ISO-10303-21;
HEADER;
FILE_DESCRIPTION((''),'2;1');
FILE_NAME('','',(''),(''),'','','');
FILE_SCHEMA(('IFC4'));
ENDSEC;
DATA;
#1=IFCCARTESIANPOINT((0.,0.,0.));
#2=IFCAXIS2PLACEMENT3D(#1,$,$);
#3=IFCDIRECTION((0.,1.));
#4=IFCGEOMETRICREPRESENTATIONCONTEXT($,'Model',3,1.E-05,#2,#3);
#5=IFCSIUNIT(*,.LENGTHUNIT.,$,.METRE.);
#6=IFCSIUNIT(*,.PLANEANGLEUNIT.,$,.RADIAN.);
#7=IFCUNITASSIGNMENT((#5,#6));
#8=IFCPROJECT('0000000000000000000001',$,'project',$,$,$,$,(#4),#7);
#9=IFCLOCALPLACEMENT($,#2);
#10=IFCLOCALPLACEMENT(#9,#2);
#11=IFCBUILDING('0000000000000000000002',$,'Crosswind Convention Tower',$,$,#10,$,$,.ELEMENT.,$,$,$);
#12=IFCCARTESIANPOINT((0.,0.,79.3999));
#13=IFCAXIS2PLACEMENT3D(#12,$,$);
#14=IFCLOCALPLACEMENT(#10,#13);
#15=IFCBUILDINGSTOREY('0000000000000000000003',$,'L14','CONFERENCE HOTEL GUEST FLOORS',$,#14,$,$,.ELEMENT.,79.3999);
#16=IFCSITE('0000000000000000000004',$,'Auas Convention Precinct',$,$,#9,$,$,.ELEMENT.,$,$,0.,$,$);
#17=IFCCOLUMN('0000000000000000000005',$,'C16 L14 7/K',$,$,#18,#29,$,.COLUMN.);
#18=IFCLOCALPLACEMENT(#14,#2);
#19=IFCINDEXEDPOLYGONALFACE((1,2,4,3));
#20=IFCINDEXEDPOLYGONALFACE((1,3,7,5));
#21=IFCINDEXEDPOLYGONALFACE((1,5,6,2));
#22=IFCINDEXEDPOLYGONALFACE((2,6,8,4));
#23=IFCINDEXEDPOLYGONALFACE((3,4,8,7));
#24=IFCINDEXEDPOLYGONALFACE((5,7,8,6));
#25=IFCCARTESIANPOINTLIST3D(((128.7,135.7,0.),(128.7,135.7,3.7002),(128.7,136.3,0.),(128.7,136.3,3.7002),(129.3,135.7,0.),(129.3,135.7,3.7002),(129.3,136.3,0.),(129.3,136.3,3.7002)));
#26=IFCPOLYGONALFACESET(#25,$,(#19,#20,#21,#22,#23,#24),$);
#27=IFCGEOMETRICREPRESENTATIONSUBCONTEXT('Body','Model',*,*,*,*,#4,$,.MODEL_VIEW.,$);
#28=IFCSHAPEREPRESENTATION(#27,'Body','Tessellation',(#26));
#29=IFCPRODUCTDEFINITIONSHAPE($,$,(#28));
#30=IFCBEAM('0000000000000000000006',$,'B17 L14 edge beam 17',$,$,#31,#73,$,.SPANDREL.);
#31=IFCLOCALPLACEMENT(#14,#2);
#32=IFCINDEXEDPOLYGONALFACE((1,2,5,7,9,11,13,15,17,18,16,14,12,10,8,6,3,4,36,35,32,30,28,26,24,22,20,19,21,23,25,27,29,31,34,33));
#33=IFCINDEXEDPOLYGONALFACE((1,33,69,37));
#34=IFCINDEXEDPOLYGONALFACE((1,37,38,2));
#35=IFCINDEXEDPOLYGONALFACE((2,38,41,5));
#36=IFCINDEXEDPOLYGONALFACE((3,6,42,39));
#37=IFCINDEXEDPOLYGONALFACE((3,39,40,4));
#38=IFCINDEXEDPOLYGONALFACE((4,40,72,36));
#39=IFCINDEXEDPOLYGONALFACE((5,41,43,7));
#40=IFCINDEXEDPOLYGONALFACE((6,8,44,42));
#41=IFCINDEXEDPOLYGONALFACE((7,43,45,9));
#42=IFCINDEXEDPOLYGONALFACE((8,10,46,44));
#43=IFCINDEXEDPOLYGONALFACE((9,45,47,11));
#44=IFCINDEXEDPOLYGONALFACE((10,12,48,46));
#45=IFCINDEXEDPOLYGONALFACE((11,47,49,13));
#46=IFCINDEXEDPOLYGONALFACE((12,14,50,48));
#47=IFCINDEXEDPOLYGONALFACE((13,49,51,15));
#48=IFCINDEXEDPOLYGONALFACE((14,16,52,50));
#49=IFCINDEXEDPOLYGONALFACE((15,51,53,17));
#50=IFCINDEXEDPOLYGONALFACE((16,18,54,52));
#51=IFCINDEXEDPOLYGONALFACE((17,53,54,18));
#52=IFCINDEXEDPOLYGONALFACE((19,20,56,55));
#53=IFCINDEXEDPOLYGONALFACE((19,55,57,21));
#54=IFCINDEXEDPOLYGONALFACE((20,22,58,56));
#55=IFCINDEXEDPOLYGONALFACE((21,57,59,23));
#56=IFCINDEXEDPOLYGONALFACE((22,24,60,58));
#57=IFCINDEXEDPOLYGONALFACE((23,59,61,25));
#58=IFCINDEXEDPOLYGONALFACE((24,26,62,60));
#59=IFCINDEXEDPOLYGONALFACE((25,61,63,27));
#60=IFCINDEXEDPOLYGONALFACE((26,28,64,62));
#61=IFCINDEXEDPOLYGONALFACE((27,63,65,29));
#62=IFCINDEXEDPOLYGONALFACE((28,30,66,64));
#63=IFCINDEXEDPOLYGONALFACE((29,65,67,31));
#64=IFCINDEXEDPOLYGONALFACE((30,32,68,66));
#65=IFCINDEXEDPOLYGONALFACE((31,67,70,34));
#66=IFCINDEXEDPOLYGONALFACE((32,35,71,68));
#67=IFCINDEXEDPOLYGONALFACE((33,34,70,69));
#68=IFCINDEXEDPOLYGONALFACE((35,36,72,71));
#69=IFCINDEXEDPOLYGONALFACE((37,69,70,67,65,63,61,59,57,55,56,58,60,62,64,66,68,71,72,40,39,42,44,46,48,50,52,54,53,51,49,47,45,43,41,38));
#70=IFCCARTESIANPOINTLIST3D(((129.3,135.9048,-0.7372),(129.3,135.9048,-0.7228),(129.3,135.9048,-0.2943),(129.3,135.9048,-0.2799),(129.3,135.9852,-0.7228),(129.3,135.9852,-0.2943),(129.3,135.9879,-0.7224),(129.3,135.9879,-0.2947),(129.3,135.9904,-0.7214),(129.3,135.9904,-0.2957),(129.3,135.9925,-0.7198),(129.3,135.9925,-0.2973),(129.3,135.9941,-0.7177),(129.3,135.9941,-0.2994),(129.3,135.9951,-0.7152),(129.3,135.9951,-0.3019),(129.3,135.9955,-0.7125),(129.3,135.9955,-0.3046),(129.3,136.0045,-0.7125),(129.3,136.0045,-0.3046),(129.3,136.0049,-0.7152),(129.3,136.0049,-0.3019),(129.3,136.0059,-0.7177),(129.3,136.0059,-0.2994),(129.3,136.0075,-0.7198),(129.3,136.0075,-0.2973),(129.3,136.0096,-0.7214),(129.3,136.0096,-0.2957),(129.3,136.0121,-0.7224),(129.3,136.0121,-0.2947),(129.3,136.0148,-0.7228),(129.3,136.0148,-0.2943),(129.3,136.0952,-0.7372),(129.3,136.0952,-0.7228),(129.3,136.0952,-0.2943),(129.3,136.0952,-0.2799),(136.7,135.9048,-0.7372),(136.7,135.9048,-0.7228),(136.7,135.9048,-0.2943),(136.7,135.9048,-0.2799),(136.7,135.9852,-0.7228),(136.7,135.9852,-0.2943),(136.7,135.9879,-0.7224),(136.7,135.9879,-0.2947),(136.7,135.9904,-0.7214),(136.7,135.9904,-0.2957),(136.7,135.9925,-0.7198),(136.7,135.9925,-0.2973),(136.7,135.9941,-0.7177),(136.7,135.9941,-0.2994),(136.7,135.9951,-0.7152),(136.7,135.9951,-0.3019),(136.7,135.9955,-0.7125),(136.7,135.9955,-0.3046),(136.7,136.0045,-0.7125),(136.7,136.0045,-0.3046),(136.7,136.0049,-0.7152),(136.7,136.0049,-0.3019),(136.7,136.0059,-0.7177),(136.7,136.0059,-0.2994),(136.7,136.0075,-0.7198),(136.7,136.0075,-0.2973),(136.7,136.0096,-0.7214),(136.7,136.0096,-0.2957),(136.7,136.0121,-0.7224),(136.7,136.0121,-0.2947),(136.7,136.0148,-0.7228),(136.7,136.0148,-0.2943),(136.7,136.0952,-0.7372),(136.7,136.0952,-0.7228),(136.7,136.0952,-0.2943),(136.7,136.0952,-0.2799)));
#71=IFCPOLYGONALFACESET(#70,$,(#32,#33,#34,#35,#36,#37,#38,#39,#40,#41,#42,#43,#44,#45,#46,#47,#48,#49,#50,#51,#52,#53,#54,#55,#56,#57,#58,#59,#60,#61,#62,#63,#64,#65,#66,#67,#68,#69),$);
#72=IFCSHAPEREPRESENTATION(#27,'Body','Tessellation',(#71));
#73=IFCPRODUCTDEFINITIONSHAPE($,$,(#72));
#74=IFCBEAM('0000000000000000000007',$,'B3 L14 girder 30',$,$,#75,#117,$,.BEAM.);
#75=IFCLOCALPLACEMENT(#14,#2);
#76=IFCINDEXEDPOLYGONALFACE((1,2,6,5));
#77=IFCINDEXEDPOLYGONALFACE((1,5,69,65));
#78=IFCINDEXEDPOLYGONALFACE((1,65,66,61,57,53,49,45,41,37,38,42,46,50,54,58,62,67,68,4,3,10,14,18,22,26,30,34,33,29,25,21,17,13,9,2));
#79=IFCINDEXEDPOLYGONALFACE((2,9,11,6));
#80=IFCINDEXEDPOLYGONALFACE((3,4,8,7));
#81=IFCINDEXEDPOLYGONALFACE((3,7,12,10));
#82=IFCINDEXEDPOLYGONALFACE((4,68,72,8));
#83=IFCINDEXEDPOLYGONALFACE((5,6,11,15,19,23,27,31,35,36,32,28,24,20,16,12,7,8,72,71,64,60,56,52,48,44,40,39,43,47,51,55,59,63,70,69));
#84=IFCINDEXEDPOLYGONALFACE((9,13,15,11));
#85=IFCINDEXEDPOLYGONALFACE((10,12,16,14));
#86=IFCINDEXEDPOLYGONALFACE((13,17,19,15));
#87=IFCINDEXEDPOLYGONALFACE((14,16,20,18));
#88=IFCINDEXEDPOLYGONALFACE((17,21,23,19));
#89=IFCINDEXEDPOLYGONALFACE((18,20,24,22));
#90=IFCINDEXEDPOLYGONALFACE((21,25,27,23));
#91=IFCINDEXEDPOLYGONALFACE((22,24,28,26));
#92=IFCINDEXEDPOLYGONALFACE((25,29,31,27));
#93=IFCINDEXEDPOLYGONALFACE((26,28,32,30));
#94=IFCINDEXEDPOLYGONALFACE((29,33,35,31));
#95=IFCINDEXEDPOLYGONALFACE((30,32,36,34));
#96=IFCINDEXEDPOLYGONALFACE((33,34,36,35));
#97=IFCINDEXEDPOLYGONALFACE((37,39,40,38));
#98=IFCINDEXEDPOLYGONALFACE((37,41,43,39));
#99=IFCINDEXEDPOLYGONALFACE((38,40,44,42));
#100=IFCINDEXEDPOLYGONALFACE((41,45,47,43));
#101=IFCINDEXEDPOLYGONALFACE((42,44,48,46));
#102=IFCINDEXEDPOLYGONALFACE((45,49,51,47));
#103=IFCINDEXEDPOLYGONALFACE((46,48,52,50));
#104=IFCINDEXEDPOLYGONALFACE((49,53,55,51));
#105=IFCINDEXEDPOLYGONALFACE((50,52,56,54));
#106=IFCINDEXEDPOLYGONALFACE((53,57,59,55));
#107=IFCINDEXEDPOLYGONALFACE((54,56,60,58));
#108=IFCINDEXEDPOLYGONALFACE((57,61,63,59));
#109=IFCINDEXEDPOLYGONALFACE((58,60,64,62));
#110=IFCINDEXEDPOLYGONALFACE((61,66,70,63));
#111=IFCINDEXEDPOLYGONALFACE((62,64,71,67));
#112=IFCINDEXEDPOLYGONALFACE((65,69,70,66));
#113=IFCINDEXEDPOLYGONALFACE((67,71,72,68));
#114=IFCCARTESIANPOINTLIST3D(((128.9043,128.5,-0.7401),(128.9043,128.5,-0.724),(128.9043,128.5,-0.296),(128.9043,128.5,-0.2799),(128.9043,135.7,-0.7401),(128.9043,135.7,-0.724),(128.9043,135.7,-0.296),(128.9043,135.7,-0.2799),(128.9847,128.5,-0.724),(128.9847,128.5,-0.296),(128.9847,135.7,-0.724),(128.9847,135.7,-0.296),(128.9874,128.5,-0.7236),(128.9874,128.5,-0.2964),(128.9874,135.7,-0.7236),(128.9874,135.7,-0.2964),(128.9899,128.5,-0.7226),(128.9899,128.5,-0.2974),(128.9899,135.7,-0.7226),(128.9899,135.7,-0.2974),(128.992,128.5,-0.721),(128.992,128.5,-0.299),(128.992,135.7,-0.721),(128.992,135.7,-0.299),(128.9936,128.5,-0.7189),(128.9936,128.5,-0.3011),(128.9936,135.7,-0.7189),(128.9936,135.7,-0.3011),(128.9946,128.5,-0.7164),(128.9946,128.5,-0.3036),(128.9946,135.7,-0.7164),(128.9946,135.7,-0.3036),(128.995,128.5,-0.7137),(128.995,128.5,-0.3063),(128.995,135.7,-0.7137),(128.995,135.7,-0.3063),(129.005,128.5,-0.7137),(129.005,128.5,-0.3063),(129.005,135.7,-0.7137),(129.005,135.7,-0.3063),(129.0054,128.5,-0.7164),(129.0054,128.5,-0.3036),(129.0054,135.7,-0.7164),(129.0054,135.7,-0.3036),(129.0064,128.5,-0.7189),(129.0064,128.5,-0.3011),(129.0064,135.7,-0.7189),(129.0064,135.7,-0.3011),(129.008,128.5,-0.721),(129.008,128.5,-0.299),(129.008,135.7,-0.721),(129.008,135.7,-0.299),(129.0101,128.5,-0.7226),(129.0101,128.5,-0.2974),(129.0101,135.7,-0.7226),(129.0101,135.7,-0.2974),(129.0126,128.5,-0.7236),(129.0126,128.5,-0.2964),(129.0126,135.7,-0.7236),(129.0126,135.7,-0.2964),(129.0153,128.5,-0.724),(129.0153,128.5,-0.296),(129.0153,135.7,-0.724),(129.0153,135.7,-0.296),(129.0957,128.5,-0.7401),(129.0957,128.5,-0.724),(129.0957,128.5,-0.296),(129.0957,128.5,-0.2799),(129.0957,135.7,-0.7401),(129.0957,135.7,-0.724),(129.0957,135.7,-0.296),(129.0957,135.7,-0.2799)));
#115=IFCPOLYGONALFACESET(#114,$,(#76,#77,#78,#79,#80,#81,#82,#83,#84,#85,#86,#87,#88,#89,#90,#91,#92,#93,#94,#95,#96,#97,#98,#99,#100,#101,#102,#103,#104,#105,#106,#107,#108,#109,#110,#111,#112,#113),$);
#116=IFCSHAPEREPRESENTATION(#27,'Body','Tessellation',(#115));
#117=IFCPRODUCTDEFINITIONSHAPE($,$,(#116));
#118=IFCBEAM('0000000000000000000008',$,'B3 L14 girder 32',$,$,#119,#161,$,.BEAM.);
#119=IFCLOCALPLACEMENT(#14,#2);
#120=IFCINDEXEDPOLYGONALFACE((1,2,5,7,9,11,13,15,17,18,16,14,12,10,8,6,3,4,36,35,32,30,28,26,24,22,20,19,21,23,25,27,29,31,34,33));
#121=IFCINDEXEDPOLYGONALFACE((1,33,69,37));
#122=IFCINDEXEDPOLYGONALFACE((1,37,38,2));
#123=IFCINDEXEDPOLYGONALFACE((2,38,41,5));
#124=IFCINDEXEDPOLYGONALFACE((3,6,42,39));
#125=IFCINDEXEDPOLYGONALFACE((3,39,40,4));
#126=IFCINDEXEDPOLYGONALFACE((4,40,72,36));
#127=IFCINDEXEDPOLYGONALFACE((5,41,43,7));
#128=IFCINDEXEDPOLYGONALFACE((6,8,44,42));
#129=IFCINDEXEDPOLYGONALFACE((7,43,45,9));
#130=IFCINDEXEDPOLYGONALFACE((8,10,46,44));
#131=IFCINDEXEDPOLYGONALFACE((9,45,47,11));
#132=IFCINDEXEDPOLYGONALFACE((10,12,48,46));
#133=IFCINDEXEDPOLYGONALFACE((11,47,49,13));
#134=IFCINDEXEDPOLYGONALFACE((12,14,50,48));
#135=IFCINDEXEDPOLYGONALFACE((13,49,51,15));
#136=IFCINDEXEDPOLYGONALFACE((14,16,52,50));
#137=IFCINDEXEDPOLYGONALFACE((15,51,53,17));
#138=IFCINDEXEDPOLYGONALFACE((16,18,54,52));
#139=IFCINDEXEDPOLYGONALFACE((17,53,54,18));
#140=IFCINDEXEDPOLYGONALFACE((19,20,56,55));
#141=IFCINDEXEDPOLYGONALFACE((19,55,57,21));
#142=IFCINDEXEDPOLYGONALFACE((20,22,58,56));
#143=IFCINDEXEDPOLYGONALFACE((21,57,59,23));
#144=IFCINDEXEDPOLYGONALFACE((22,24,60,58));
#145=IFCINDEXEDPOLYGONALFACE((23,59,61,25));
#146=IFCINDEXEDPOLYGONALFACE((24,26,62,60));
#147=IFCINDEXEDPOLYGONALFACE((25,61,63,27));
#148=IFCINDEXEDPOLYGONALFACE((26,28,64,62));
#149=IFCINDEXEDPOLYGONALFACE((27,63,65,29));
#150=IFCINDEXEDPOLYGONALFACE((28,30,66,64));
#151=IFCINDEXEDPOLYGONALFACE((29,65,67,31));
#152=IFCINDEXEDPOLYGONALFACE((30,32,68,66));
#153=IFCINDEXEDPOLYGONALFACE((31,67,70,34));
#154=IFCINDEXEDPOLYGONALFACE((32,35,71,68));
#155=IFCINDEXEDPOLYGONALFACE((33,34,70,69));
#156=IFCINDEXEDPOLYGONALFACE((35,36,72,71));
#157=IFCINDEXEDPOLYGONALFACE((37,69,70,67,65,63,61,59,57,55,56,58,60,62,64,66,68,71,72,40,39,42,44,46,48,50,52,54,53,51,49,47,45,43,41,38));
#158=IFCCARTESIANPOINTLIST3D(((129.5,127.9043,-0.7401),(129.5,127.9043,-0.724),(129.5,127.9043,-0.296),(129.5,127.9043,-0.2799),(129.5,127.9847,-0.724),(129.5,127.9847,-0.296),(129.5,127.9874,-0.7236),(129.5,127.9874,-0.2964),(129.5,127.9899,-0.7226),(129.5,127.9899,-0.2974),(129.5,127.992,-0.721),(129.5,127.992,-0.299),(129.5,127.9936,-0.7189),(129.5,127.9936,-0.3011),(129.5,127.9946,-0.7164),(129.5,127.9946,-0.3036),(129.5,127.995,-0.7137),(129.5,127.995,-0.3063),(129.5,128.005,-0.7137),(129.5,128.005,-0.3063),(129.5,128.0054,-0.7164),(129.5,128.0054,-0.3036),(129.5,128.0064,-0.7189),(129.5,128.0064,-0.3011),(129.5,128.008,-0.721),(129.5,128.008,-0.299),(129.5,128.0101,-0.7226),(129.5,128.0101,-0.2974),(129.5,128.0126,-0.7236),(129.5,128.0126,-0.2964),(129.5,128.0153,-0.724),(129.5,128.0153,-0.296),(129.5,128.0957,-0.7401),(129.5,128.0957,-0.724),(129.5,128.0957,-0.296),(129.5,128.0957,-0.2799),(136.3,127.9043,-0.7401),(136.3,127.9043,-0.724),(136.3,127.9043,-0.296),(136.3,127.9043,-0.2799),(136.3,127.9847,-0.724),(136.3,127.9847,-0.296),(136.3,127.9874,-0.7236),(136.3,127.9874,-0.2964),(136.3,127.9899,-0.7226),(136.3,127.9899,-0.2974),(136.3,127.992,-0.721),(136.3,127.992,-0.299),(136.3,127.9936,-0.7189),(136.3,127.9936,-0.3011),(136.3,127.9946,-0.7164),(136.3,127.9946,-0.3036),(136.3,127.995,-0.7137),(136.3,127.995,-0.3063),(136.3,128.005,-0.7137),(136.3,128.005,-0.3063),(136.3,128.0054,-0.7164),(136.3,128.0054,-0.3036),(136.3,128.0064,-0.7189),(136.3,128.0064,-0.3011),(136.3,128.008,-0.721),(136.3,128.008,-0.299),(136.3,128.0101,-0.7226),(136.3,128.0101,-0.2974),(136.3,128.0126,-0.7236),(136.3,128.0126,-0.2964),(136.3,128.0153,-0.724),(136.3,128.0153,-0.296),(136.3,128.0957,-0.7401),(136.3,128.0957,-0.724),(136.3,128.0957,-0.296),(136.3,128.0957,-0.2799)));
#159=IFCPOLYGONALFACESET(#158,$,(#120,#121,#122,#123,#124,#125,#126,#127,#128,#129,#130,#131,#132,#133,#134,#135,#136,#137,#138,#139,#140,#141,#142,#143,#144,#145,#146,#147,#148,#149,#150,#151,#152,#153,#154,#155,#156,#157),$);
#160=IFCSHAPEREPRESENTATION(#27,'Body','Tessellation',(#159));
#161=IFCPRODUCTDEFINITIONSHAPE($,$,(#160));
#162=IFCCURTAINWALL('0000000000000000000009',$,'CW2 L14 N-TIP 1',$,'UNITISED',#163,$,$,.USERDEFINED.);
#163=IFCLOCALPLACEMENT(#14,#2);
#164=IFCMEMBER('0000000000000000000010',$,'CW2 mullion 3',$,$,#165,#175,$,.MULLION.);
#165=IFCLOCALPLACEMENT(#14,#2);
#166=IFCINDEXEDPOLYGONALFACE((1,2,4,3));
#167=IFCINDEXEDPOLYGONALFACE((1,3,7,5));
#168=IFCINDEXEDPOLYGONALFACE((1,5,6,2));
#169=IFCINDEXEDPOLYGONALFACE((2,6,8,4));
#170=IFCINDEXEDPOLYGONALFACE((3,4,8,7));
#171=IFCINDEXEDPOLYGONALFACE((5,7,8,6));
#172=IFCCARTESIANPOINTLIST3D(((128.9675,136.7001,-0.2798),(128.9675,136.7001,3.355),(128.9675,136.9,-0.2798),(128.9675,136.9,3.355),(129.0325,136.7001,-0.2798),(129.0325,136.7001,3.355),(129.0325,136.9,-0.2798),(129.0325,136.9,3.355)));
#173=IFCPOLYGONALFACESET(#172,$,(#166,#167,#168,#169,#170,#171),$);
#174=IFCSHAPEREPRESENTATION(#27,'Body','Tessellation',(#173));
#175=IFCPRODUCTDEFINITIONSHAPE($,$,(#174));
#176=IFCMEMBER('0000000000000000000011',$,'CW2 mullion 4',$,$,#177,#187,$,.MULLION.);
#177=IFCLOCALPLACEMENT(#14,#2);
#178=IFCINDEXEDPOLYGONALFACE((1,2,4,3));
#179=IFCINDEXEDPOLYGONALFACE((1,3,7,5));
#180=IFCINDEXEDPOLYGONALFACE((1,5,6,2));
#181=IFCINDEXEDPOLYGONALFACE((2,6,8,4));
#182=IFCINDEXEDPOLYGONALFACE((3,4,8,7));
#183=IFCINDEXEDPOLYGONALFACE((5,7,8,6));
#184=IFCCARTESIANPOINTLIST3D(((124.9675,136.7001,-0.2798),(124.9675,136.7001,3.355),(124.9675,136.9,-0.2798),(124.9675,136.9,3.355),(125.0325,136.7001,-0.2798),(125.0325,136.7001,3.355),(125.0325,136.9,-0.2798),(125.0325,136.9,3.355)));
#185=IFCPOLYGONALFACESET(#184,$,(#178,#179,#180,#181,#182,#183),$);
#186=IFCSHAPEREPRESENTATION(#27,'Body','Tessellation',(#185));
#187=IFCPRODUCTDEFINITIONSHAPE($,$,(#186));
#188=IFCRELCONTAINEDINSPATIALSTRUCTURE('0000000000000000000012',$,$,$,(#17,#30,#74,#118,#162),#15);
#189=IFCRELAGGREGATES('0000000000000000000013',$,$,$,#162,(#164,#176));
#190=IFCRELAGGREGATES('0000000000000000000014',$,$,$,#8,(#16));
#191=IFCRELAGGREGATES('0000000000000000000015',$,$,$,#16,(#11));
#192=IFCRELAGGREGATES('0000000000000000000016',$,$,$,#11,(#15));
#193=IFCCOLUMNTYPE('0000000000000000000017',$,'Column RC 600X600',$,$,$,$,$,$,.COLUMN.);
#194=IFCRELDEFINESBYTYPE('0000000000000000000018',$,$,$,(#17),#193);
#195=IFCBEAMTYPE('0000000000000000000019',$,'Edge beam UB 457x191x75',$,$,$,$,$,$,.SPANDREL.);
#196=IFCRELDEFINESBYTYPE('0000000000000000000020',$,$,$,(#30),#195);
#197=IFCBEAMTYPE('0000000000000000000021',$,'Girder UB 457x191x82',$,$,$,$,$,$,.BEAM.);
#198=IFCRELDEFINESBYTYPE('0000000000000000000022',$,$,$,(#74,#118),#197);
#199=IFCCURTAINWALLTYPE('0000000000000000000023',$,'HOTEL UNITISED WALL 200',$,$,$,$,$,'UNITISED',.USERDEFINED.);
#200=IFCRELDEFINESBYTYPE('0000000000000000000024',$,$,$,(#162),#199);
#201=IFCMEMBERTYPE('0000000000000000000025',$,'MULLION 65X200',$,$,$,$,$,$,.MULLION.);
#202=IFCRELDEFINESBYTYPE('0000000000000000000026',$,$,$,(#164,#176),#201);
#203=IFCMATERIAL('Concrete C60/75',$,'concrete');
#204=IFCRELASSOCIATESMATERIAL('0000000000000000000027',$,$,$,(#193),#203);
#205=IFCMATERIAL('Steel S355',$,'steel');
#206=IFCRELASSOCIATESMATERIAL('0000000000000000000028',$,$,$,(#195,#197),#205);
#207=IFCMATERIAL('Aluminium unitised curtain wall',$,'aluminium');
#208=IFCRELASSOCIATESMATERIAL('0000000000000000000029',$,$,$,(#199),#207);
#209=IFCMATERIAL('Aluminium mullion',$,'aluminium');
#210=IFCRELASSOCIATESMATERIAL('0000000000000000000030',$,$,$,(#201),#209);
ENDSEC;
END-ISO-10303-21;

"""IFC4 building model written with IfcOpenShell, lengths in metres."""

from ifc_helpers import new_model, si_unit, direction, frame, origin, origin_2d, place, context, subcontext, project, spatial, rectangle, i_section, extrude, material, material_profile, profile_set, type_object, element, aggregate, save


model = new_model("IFC4")

# Units and contexts
model_context = context("Model", 3, precision=1e-05, world=origin(), true_north=direction((0.0, 1.0)))
body_context = subcontext(model_context, "Body", "Model", "MODEL_VIEW")
ifc_project = project(units=[si_unit("LENGTHUNIT", "METRE"), si_unit("PLANEANGLEUNIT", "RADIAN")], contexts=[model_context])

# Site, building, storey
site_placement = place(None, origin())
site = spatial("IfcSite", under=ifc_project, at=site_placement, Name="Auas Convention Precinct", CompositionType="ELEMENT", RefElevation=0.0)
building_placement = place(site_placement, origin())
building = spatial("IfcBuilding", under=site, at=building_placement, Name="Crosswind Convention Tower", CompositionType="ELEMENT")
storey_placement = place(building_placement, frame((0.0, 0.0, 79.3999)))
storey = spatial("IfcBuildingStorey", under=building, at=storey_placement, Name="L14", Description="CONFERENCE HOTEL GUEST FLOORS", CompositionType="ELEMENT", Elevation=79.3999)

# Column
ifc_material_1 = material(Name="Concrete C60/75", Category="concrete")
ifc_material_profile_1 = material_profile(ifc_material_1, rectangle(XDim=0.6001, YDim=0.6001, at=origin_2d()), Name="RC 600X600")
ifc_profile_set_1 = profile_set([ifc_material_profile_1], Name="Concrete C60/75")
column_type = type_object("IfcColumnType", Name="Column RC 600X600", PredefinedType="COLUMN", material=ifc_profile_set_1)
column_placement = place(storey_placement, frame((129.0, 136.0, 0.0), z_axis=(0.0, 0.0, 1.0), x_axis=(1.0, 0.0, 0.0)))
element("IfcColumn", 1, at=column_placement, inside=storey, type_object=column_type, Name="C16 L14 7/K", PredefinedType="COLUMN", context=body_context, shape_type="SweptSolid", body=[
    extrude(rectangle(XDim=0.6001, YDim=0.6001, at=origin_2d()), origin(), (0.0, 0.0, 1.0), 3.7002),
])

# Beams
ifc_material_2 = material(Name="Steel S355", Category="steel")
ifc_material_profile_2 = material_profile(ifc_material_2, i_section(OverallWidth=0.1904, OverallDepth=0.4573, WebThickness=0.009, FlangeThickness=0.0144, FilletRadius=0.0103, at=origin_2d()), Name="UB 457x191x75")
ifc_profile_set_2 = profile_set([ifc_material_profile_2], Name="Steel S355")
beam_type_1 = type_object("IfcBeamType", Name="Edge beam UB 457x191x75", PredefinedType="SPANDREL", material=ifc_profile_set_2)
beam_1_placement = place(storey_placement, frame((129.3, 136.0, -0.5085), z_axis=(1.0, 0.0, 0.0), x_axis=(0.0, 1.0, 0.0)))
element("IfcBeam", 2, at=beam_1_placement, inside=storey, type_object=beam_type_1, Name="B17 L14 edge beam 17", PredefinedType="SPANDREL", context=body_context, shape_type="SweptSolid", body=[
    extrude(i_section(OverallWidth=0.1904, OverallDepth=0.4573, WebThickness=0.009, FlangeThickness=0.0144, FilletRadius=0.0103, at=origin_2d()), origin(), (0.0, 0.0, 1.0), 7.3999),
])
ifc_material_profile_3 = material_profile(ifc_material_2, i_section(OverallWidth=0.1914, OverallDepth=0.4602, WebThickness=0.01, FlangeThickness=0.0161, FilletRadius=0.0103, at=origin_2d()), Name="UB 457x191x82")
ifc_profile_set_3 = profile_set([ifc_material_profile_3], Name="Steel S355")
beam_type_2 = type_object("IfcBeamType", Name="Girder UB 457x191x82", PredefinedType="BEAM", material=ifc_profile_set_3)
beam_2_placement = place(storey_placement, frame((129.0, 128.5, -0.51), z_axis=(0.0, 1.0, 0.0), x_axis=(-1.0, 0.0, 0.0)))
element("IfcBeam", 3, at=beam_2_placement, inside=storey, type_object=beam_type_2, Name="B3 L14 girder 30", PredefinedType="BEAM", context=body_context, shape_type="SweptSolid", body=[
    extrude(i_section(OverallWidth=0.1914, OverallDepth=0.4602, WebThickness=0.01, FlangeThickness=0.0161, FilletRadius=0.0103, at=origin_2d()), origin(), (0.0, 0.0, 1.0), 7.2),
])
beam_3_placement = place(storey_placement, frame((129.5, 128.0, -0.51), z_axis=(1.0, 0.0, 0.0), x_axis=(0.0, 1.0, 0.0)))
element("IfcBeam", 4, at=beam_3_placement, inside=storey, type_object=beam_type_2, Name="B3 L14 girder 32", PredefinedType="BEAM", context=body_context, shape_type="SweptSolid", body=[
    extrude(i_section(OverallWidth=0.1914, OverallDepth=0.4602, WebThickness=0.01, FlangeThickness=0.0161, FilletRadius=0.0103, at=origin_2d()), origin(), (0.0, 0.0, 1.0), 6.8),
])

# Curtain wall, members
ifc_material_3 = material(Name="Aluminium unitised curtain wall", Category="aluminium")
curtain_wall_type = type_object("IfcCurtainWallType", Name="HOTEL UNITISED WALL 200", ElementType="UNITISED", PredefinedType="USERDEFINED", material=ifc_material_3)
curtain_wall_placement = place(storey_placement, origin())
curtain_wall = element("IfcCurtainWall", 5, at=curtain_wall_placement, inside=storey, type_object=curtain_wall_type, Name="CW2 L14 N-TIP 1", ObjectType="UNITISED", PredefinedType="USERDEFINED")
ifc_material_4 = material(Name="Aluminium mullion", Category="aluminium")
ifc_material_profile_4 = material_profile(ifc_material_4, rectangle(XDim=0.2, YDim=0.0649, at=origin_2d()), Name="AL 200X65")
ifc_profile_set_4 = profile_set([ifc_material_profile_4], Name="Aluminium mullion")
member_type = type_object("IfcMemberType", Name="MULLION 65X200", PredefinedType="MULLION", material=ifc_profile_set_4)
member_1_placement = place(storey_placement, frame((129.0, 136.8, -0.2798), z_axis=(0.0, 0.0, 1.0), x_axis=(0.0, 1.0, 0.0)))
member_1 = element("IfcMember", 6, at=member_1_placement, type_object=member_type, Name="CW2 mullion 3", PredefinedType="MULLION", context=body_context, shape_type="SweptSolid", body=[
    extrude(rectangle(XDim=0.2, YDim=0.0649, at=origin_2d()), origin(), (0.0, 0.0, 1.0), 3.6348),
])
member_2_placement = place(storey_placement, frame((125.0, 136.8, -0.2798), z_axis=(0.0, 0.0, 1.0), x_axis=(0.0, 1.0, 0.0)))
member_2 = element("IfcMember", 7, at=member_2_placement, type_object=member_type, Name="CW2 mullion 4", PredefinedType="MULLION", context=body_context, shape_type="SweptSolid", body=[
    extrude(rectangle(XDim=0.2, YDim=0.0649, at=origin_2d()), origin(), (0.0, 0.0, 1.0), 3.6348),
])

aggregate(curtain_wall, [member_1, member_2])

save(model, "model.ifc")
